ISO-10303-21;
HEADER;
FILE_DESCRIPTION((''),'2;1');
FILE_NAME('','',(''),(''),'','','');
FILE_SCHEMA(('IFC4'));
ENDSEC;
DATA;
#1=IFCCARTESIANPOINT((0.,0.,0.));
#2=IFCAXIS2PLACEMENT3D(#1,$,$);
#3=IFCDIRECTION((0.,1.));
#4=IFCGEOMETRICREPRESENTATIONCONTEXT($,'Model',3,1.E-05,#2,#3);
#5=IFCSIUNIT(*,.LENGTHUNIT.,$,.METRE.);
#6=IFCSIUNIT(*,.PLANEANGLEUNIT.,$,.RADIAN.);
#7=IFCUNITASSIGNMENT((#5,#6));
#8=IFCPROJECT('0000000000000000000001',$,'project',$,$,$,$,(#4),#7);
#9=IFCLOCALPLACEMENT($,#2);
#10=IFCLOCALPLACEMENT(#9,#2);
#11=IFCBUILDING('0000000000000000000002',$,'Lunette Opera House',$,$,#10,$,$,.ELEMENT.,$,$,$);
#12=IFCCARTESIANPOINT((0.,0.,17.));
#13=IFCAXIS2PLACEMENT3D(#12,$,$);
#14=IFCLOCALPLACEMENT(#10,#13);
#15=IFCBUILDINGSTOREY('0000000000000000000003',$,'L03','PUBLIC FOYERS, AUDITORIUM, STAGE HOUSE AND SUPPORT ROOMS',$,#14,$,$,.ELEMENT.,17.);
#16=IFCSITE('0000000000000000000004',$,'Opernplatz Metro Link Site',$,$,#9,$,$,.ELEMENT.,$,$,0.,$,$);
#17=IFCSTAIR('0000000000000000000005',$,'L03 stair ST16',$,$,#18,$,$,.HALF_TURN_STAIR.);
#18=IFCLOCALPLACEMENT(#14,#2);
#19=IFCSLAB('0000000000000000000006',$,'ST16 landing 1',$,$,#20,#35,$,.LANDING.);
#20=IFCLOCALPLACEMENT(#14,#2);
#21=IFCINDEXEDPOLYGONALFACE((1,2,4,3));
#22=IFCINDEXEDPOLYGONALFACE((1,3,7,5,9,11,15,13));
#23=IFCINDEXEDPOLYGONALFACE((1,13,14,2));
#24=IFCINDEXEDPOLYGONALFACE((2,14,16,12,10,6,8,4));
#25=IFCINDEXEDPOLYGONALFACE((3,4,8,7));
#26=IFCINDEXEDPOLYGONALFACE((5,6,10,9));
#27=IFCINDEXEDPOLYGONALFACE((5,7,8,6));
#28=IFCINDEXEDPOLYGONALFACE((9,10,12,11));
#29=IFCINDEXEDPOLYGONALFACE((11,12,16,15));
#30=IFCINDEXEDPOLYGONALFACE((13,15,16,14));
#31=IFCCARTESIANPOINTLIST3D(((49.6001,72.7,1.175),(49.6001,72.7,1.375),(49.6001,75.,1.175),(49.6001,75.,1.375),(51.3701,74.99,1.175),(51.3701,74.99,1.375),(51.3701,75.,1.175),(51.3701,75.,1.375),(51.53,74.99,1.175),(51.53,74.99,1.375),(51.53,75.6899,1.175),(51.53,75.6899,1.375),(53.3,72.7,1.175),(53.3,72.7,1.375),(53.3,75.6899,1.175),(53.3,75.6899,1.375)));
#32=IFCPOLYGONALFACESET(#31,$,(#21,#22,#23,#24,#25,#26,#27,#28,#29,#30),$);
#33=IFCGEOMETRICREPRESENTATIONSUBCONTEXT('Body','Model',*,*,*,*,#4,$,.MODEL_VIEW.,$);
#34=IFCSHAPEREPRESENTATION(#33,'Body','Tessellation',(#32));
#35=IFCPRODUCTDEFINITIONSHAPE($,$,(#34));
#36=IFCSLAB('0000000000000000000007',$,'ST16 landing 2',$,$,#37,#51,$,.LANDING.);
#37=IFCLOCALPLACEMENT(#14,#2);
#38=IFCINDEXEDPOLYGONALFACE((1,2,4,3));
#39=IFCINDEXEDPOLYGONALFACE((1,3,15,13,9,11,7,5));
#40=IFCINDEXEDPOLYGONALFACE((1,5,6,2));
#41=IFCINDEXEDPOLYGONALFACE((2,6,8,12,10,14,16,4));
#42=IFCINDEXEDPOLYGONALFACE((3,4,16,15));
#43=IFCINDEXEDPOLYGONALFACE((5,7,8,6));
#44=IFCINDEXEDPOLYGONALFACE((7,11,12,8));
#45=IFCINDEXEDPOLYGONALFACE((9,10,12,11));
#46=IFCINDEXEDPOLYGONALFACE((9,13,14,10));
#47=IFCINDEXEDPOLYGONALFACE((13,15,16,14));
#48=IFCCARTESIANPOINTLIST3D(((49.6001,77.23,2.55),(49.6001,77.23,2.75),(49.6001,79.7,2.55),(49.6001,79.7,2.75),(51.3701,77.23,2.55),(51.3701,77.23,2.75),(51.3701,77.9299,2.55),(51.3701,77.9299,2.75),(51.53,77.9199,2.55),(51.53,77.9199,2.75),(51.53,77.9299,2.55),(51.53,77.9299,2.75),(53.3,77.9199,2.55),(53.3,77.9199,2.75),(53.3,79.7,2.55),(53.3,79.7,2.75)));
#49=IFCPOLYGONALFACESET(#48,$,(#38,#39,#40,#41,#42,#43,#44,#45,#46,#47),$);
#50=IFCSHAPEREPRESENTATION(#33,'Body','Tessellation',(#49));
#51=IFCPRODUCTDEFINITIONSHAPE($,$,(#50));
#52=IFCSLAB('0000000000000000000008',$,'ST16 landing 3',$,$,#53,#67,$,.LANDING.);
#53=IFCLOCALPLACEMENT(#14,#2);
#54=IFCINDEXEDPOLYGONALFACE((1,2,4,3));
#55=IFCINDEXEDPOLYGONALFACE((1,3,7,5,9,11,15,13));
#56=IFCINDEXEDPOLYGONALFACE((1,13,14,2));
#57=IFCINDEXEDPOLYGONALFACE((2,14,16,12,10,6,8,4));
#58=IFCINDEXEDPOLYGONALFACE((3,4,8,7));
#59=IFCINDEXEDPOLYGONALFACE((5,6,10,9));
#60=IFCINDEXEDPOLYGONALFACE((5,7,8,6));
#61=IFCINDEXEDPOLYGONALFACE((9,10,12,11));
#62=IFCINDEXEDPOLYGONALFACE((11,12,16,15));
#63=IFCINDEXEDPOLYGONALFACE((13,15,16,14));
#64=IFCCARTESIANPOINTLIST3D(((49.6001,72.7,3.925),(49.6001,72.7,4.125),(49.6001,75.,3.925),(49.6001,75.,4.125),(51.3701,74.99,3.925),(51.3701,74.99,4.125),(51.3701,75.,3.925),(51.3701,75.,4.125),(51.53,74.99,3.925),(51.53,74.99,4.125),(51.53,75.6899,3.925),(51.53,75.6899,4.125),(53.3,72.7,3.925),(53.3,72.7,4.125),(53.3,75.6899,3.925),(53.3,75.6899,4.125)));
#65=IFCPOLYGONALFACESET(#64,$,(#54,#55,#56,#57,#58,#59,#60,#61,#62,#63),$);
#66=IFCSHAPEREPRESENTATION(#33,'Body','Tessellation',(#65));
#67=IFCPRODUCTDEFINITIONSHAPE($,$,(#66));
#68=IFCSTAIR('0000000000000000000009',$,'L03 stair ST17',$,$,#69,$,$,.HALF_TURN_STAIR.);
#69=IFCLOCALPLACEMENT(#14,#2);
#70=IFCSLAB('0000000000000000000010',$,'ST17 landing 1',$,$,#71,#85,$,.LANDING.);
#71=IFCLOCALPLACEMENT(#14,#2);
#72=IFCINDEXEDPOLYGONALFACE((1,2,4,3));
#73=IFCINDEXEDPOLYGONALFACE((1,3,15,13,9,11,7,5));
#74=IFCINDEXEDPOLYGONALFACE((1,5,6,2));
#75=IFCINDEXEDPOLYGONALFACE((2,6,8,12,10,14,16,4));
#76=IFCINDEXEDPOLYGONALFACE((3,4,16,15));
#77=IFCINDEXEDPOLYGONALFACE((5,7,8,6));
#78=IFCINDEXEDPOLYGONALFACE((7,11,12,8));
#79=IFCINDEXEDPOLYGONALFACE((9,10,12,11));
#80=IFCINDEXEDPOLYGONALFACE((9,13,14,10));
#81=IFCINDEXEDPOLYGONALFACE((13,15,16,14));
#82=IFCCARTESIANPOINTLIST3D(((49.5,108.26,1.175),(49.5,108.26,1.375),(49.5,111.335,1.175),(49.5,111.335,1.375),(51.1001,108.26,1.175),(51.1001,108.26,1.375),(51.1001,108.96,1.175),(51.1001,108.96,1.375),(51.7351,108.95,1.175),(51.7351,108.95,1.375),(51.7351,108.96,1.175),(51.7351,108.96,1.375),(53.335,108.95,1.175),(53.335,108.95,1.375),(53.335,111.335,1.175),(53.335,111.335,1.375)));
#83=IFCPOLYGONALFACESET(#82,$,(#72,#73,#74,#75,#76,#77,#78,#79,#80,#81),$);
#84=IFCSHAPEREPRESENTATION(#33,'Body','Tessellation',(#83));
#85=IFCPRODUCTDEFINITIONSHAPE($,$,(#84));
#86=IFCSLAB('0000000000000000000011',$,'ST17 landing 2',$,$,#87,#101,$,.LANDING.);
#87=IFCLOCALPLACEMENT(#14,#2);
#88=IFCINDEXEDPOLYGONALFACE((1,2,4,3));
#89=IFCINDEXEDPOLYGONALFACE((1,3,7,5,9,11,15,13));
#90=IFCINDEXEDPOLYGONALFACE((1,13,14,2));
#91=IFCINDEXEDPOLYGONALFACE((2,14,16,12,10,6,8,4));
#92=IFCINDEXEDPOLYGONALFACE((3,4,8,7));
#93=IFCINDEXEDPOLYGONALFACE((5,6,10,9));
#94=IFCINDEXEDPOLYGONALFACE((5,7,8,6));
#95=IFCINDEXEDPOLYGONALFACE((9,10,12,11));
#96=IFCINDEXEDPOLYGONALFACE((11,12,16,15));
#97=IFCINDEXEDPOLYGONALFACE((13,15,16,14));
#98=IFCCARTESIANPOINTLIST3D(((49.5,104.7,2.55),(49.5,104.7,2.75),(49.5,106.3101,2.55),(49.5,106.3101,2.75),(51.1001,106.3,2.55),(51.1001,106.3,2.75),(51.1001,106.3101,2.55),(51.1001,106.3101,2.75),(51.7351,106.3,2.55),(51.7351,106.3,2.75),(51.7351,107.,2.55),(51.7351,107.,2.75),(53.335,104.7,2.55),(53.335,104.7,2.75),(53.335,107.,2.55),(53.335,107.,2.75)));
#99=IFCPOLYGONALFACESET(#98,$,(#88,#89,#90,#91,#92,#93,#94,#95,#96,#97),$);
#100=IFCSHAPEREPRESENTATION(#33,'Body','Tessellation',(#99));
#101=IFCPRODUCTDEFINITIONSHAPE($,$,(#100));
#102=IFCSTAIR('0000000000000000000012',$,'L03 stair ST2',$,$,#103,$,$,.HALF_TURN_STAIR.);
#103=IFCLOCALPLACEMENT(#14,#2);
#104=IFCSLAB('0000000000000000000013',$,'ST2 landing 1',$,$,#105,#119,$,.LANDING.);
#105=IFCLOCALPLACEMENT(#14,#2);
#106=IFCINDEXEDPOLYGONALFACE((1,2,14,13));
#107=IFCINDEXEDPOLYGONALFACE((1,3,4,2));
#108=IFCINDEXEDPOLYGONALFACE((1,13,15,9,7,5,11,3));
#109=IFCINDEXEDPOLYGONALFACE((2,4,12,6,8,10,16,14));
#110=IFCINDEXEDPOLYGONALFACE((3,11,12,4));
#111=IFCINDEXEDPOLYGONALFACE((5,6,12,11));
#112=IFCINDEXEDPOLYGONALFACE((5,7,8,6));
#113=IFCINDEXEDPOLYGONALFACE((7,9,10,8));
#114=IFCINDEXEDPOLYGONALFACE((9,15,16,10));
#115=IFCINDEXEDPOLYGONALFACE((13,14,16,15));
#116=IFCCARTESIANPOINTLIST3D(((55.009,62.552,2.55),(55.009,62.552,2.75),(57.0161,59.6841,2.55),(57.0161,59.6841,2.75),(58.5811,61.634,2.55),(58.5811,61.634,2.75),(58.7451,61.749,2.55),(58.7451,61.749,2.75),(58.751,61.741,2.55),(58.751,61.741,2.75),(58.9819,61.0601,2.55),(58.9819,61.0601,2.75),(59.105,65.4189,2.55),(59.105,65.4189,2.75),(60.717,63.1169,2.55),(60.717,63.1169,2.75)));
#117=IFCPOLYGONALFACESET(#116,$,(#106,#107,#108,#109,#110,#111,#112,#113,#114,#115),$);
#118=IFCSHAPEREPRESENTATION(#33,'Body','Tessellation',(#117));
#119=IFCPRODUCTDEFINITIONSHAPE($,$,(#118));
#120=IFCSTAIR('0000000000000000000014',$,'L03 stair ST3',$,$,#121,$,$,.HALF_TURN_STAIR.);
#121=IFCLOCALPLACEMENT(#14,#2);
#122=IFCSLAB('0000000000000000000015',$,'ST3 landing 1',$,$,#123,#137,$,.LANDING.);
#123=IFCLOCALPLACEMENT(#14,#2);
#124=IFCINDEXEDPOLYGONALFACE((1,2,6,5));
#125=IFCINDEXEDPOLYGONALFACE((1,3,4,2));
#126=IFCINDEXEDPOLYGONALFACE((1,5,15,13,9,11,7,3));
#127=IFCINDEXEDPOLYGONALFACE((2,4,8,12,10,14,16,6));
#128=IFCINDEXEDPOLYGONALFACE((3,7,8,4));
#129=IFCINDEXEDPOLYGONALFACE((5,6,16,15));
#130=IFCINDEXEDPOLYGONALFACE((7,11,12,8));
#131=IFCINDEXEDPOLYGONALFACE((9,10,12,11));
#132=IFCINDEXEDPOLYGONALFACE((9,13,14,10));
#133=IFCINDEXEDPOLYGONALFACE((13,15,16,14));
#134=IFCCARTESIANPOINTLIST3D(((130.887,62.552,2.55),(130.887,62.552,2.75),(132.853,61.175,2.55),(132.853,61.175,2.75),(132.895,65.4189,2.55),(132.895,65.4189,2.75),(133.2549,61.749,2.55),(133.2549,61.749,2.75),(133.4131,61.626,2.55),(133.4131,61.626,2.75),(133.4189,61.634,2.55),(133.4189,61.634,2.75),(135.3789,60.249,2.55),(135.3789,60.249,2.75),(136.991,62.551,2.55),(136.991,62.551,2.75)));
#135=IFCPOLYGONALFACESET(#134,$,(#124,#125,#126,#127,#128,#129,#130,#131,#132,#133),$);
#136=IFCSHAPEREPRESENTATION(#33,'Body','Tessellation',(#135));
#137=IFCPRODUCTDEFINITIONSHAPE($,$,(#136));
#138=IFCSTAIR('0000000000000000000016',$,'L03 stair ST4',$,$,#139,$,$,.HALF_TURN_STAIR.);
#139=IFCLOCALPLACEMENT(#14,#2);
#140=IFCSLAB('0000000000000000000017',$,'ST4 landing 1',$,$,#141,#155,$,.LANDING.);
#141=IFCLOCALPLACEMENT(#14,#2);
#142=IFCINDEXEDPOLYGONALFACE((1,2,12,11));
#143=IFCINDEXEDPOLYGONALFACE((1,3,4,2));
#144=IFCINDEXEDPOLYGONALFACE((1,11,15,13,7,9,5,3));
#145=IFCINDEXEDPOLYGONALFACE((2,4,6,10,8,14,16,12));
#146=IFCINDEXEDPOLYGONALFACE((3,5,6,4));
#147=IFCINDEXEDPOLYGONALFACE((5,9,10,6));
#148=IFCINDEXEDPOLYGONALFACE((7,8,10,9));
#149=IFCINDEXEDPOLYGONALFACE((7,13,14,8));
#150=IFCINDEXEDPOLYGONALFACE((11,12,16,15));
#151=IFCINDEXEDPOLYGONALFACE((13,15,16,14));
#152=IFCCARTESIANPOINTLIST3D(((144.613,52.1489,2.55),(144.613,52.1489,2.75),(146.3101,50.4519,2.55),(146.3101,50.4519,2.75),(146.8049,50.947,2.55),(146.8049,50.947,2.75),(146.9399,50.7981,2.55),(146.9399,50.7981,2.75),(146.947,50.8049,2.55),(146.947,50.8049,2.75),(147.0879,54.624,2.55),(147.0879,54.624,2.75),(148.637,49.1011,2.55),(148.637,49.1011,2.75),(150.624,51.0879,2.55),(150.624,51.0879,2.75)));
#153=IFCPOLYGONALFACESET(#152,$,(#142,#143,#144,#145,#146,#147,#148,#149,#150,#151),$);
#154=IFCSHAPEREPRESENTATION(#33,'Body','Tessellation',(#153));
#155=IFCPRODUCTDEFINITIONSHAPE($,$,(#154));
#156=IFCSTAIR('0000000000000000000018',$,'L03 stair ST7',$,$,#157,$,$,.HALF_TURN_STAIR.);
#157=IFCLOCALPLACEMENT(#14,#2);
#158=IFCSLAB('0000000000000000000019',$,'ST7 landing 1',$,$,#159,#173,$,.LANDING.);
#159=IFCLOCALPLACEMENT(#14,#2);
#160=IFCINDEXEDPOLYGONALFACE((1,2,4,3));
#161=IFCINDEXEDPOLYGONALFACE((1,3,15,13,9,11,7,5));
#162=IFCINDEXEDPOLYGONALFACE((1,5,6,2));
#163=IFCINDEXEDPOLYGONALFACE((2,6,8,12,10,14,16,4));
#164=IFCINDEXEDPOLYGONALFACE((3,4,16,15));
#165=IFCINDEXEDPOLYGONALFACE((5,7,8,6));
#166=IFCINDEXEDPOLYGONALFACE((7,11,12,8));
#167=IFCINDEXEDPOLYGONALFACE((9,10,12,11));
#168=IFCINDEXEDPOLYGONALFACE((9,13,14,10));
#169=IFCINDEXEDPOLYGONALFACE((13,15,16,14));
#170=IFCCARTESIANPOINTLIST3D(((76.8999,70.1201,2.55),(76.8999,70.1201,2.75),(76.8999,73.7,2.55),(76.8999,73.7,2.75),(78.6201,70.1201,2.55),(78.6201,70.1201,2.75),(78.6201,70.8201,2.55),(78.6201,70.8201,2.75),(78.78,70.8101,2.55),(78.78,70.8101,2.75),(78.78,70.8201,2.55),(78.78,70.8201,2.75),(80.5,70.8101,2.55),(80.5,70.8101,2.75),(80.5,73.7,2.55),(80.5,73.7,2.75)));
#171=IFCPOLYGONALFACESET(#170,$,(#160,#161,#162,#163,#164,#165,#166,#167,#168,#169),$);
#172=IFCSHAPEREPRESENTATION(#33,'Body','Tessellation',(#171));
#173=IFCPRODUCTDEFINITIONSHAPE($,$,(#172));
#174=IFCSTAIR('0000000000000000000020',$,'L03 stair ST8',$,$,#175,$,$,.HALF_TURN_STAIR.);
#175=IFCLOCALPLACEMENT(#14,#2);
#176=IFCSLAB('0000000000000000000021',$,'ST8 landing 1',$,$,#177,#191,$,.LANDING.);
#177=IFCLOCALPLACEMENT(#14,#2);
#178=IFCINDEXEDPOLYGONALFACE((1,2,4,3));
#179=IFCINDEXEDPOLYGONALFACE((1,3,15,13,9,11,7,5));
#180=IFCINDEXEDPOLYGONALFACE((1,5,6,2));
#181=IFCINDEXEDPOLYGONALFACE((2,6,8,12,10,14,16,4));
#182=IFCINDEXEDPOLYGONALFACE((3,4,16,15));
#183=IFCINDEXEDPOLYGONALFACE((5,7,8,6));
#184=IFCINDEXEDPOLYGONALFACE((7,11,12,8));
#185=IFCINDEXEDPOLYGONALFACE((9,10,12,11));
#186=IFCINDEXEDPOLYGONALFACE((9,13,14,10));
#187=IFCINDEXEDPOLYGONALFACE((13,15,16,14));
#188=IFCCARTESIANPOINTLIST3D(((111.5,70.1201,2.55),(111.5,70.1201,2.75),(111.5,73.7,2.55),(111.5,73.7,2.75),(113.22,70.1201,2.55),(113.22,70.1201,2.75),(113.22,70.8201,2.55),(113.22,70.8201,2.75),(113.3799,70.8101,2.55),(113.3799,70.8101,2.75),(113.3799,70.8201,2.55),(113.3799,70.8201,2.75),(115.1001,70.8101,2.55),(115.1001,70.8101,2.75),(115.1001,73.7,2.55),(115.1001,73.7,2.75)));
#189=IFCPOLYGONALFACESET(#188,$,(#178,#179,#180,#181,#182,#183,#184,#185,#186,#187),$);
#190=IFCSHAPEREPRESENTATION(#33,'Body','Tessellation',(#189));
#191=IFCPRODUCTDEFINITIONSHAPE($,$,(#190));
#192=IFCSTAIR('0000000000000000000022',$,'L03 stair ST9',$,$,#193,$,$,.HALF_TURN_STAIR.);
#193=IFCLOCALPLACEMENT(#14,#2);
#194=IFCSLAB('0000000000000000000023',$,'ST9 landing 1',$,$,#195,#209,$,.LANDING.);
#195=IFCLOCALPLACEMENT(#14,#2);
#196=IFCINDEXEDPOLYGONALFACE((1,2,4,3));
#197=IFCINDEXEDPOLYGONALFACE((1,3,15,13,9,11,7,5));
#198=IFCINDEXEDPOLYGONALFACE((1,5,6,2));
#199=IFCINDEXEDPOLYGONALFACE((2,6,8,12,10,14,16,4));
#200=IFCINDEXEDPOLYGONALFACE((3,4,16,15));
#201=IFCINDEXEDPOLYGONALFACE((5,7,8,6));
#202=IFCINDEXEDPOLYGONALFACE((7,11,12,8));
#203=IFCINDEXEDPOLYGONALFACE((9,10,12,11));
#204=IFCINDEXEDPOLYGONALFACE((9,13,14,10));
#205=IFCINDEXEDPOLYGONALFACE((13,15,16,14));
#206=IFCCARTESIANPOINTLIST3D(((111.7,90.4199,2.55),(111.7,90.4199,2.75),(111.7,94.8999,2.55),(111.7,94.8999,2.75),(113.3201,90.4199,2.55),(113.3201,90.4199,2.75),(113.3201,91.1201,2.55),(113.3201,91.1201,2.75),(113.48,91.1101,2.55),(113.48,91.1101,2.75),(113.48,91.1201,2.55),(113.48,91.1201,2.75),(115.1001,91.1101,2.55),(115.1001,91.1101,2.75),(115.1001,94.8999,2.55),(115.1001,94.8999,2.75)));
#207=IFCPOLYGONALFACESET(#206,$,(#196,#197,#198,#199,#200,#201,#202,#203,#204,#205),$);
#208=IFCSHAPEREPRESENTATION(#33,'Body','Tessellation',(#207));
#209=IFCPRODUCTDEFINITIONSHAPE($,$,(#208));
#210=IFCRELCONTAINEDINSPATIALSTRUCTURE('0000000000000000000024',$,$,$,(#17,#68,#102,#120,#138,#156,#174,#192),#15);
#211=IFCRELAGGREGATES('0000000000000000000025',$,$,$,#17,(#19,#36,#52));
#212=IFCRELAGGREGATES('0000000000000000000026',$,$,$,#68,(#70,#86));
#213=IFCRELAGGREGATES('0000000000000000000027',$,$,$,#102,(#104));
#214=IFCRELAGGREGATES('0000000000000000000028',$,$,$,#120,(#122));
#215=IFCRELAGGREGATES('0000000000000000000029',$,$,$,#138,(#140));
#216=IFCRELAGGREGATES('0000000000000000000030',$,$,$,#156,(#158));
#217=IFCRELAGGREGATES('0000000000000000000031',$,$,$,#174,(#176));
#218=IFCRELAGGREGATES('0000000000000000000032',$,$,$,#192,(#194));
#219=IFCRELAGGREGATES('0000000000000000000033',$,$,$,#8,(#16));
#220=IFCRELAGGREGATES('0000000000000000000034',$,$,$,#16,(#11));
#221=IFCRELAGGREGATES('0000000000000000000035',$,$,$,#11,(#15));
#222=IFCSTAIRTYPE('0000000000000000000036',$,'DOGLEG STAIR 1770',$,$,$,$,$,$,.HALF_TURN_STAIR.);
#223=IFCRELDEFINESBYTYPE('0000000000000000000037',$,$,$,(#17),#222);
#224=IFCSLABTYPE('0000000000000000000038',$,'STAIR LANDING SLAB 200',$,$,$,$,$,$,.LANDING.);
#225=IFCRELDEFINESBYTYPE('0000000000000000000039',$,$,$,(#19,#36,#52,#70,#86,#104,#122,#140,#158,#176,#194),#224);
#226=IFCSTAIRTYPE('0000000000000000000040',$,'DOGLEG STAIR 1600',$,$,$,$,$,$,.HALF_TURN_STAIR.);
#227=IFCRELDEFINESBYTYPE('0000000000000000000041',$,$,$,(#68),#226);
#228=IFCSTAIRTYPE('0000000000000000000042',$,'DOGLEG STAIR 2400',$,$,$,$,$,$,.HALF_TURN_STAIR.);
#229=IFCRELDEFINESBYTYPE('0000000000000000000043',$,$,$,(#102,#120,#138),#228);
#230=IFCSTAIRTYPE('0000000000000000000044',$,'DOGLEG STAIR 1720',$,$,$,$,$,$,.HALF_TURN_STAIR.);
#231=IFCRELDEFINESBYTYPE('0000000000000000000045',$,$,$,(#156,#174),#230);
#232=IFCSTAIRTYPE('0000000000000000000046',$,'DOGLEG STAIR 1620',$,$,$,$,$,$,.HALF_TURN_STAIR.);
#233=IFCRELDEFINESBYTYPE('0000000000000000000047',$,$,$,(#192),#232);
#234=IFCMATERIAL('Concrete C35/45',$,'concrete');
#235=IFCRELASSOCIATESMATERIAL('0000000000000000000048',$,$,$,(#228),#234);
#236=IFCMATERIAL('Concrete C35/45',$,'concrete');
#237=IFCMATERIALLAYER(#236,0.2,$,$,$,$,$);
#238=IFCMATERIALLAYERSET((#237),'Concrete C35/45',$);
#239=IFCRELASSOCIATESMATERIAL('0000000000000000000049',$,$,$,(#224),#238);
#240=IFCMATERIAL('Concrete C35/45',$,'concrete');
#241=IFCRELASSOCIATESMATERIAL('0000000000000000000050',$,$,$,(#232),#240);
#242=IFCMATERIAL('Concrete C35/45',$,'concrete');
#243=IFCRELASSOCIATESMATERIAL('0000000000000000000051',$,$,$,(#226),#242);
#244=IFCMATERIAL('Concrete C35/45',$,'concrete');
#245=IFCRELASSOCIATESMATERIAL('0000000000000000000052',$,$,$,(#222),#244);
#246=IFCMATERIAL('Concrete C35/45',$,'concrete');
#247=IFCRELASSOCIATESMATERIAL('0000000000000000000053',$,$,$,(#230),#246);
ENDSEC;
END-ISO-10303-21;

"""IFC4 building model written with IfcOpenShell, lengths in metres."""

from ifc_helpers import new_model, si_unit, direction, frame, origin, place, context, subcontext, project, spatial, polyline, outline, extrude, material, layer, layer_set, type_object, element, aggregate, save


model = new_model("IFC4")

# Units and contexts
model_context = context("Model", 3, precision=1e-05, world=origin(), true_north=direction((0.0, 1.0)))
body_context = subcontext(model_context, "Body", "Model", "MODEL_VIEW")
ifc_project = project(units=[si_unit("LENGTHUNIT", "METRE"), si_unit("PLANEANGLEUNIT", "RADIAN")], contexts=[model_context])

# Site, building, storey
site_placement = place(None, origin())
site = spatial("IfcSite", under=ifc_project, at=site_placement, Name="Opernplatz Metro Link Site", CompositionType="ELEMENT", RefElevation=0.0)
building_placement = place(site_placement, origin())
building = spatial("IfcBuilding", under=site, at=building_placement, Name="Lunette Opera House", CompositionType="ELEMENT")
storey_placement = place(building_placement, frame((0.0, 0.0, 17.0)))
storey = spatial("IfcBuildingStorey", under=building, at=storey_placement, Name="L03", Description="PUBLIC FOYERS, AUDITORIUM, STAGE HOUSE AND SUPPORT ROOMS", CompositionType="ELEMENT", Elevation=17.0)

# Shared definitions
ifc_material_1 = material(Name="Concrete C35/45", Category="concrete")
stair_type_1 = type_object("IfcStairType", Name="DOGLEG STAIR 2400", PredefinedType="HALF_TURN_STAIR", material=ifc_material_1)
ifc_material_2 = material(Name="Concrete C35/45", Category="concrete")
ifc_layer_1 = layer(ifc_material_2, 0.2)
ifc_layer_set_1 = layer_set([ifc_layer_1], Name="Concrete C35/45")
slab_type_1 = type_object("IfcSlabType", Name="STAIR LANDING SLAB 200", PredefinedType="LANDING", material=ifc_layer_set_1)
ifc_material_3 = material(Name="Concrete C35/45", Category="concrete")
stair_type_2 = type_object("IfcStairType", Name="DOGLEG STAIR 1620", PredefinedType="HALF_TURN_STAIR", material=ifc_material_3)

# Stairs, slabs
ifc_material_4 = material(Name="Concrete C35/45", Category="concrete")
stair_type_3 = type_object("IfcStairType", Name="DOGLEG STAIR 1600", PredefinedType="HALF_TURN_STAIR", material=ifc_material_4)
ifc_material_5 = material(Name="Concrete C35/45", Category="concrete")
stair_type_4 = type_object("IfcStairType", Name="DOGLEG STAIR 1770", PredefinedType="HALF_TURN_STAIR", material=ifc_material_5)
stair_1_placement = place(storey_placement, origin())
stair_1 = element("IfcStair", 1, at=stair_1_placement, inside=storey, type_object=stair_type_4, Name="L03 stair ST16", PredefinedType="HALF_TURN_STAIR")
slab_1_placement = place(storey_placement, frame((0.0, 0.0, 1.175)))
slab_1 = element("IfcSlab", 2, at=slab_1_placement, type_object=slab_type_1, Name="ST16 landing 1", PredefinedType="LANDING", context=body_context, shape_type="SweptSolid", body=[
    extrude(outline(polyline([(49.6001, 72.7), (49.6001, 75.0), (51.3701, 75.0), (51.3701, 74.99), (51.53, 74.99), (51.53, 75.6899), (53.3, 75.6899), (53.3, 72.7), (49.6001, 72.7)])), origin(), (0.0, 0.0, 1.0), 0.2),
])
slab_2_placement = place(storey_placement, frame((0.0, 0.0, 2.55)))
slab_2 = element("IfcSlab", 3, at=slab_2_placement, type_object=slab_type_1, Name="ST16 landing 2", PredefinedType="LANDING", context=body_context, shape_type="SweptSolid", body=[
    extrude(outline(polyline([(53.3, 77.9199), (51.53, 77.9199), (51.53, 77.9299), (51.3701, 77.9299), (51.3701, 77.23), (49.6001, 77.23), (49.6001, 79.7), (53.3, 79.7), (53.3, 77.9199)])), origin(), (0.0, 0.0, 1.0), 0.2),
])
slab_3_placement = place(storey_placement, frame((0.0, 0.0, 3.925)))
slab_3 = element("IfcSlab", 4, at=slab_3_placement, type_object=slab_type_1, Name="ST16 landing 3", PredefinedType="LANDING", context=body_context, shape_type="SweptSolid", body=[
    extrude(outline(polyline([(49.6001, 72.7), (49.6001, 75.0), (51.3701, 75.0), (51.3701, 74.99), (51.53, 74.99), (51.53, 75.6899), (53.3, 75.6899), (53.3, 72.7), (49.6001, 72.7)])), origin(), (0.0, 0.0, 1.0), 0.2),
])
aggregate(stair_1, [slab_1, slab_2, slab_3])
stair_2_placement = place(storey_placement, origin())
stair_2 = element("IfcStair", 5, at=stair_2_placement, inside=storey, type_object=stair_type_3, Name="L03 stair ST17", PredefinedType="HALF_TURN_STAIR")
slab_4_placement = place(storey_placement, frame((0.0, 0.0, 1.175)))
slab_4 = element("IfcSlab", 6, at=slab_4_placement, type_object=slab_type_1, Name="ST17 landing 1", PredefinedType="LANDING", context=body_context, shape_type="SweptSolid", body=[
    extrude(outline(polyline([(53.335, 108.95), (51.7351, 108.95), (51.7351, 108.96), (51.1001, 108.96), (51.1001, 108.26), (49.5, 108.26), (49.5, 111.335), (53.335, 111.335), (53.335, 108.95)])), origin(), (0.0, 0.0, 1.0), 0.2),
])
slab_5_placement = place(storey_placement, frame((0.0, 0.0, 2.55)))
slab_5 = element("IfcSlab", 7, at=slab_5_placement, type_object=slab_type_1, Name="ST17 landing 2", PredefinedType="LANDING", context=body_context, shape_type="SweptSolid", body=[
    extrude(outline(polyline([(53.335, 104.7), (49.5, 104.7), (49.5, 106.3101), (51.1001, 106.3101), (51.1001, 106.3), (51.7351, 106.3), (51.7351, 107.0), (53.335, 107.0), (53.335, 104.7)])), origin(), (0.0, 0.0, 1.0), 0.2),
])
aggregate(stair_2, [slab_4, slab_5])

# Stairs, slabs
stair_3_placement = place(storey_placement, origin())
stair_3 = element("IfcStair", 8, at=stair_3_placement, inside=storey, type_object=stair_type_1, Name="L03 stair ST2", PredefinedType="HALF_TURN_STAIR")
slab_6_placement = place(storey_placement, frame((0.0, 0.0, 2.55)))
slab_6 = element("IfcSlab", 9, at=slab_6_placement, type_object=slab_type_1, Name="ST2 landing 1", PredefinedType="LANDING", context=body_context, shape_type="SweptSolid", body=[
    extrude(outline(polyline([(59.105, 65.4189), (60.717, 63.1169), (58.751, 61.741), (58.7451, 61.749), (58.5811, 61.634), (58.9819, 61.0601), (57.0161, 59.6841), (55.009, 62.552), (59.105, 65.4189)])), origin(), (0.0, 0.0, 1.0), 0.2),
])
aggregate(stair_3, [slab_6])
stair_4_placement = place(storey_placement, origin())
stair_4 = element("IfcStair", 10, at=stair_4_placement, inside=storey, type_object=stair_type_1, Name="L03 stair ST3", PredefinedType="HALF_TURN_STAIR")
slab_7_placement = place(storey_placement, frame((0.0, 0.0, 2.55)))
slab_7 = element("IfcSlab", 11, at=slab_7_placement, type_object=slab_type_1, Name="ST3 landing 1", PredefinedType="LANDING", context=body_context, shape_type="SweptSolid", body=[
    extrude(outline(polyline([(135.3789, 60.249), (133.4131, 61.626), (133.4189, 61.634), (133.2549, 61.749), (132.853, 61.175), (130.887, 62.552), (132.895, 65.4189), (136.991, 62.551), (135.3789, 60.249)])), origin(), (0.0, 0.0, 1.0), 0.2),
])
aggregate(stair_4, [slab_7])
stair_5_placement = place(storey_placement, origin())
stair_5 = element("IfcStair", 12, at=stair_5_placement, inside=storey, type_object=stair_type_1, Name="L03 stair ST4", PredefinedType="HALF_TURN_STAIR")
slab_8_placement = place(storey_placement, frame((0.0, 0.0, 2.55)))
slab_8 = element("IfcSlab", 13, at=slab_8_placement, type_object=slab_type_1, Name="ST4 landing 1", PredefinedType="LANDING", context=body_context, shape_type="SweptSolid", body=[
    extrude(outline(polyline([(148.637, 49.1011), (146.9399, 50.7981), (146.947, 50.8049), (146.8049, 50.947), (146.3101, 50.4519), (144.613, 52.1489), (147.0879, 54.624), (150.624, 51.0879), (148.637, 49.1011)])), origin(), (0.0, 0.0, 1.0), 0.2),
])
aggregate(stair_5, [slab_8])
ifc_material_6 = material(Name="Concrete C35/45", Category="concrete")
stair_type_5 = type_object("IfcStairType", Name="DOGLEG STAIR 1720", PredefinedType="HALF_TURN_STAIR", material=ifc_material_6)
stair_6_placement = place(storey_placement, origin())
stair_6 = element("IfcStair", 14, at=stair_6_placement, inside=storey, type_object=stair_type_5, Name="L03 stair ST7", PredefinedType="HALF_TURN_STAIR")
slab_9_placement = place(storey_placement, frame((0.0, 0.0, 2.55)))
slab_9 = element("IfcSlab", 15, at=slab_9_placement, type_object=slab_type_1, Name="ST7 landing 1", PredefinedType="LANDING", context=body_context, shape_type="SweptSolid", body=[
    extrude(outline(polyline([(80.5, 70.8101), (78.78, 70.8101), (78.78, 70.8201), (78.6201, 70.8201), (78.6201, 70.1201), (76.8999, 70.1201), (76.8999, 73.7), (80.5, 73.7), (80.5, 70.8101)])), origin(), (0.0, 0.0, 1.0), 0.2),
])
aggregate(stair_6, [slab_9])
stair_7_placement = place(storey_placement, origin())
stair_7 = element("IfcStair", 16, at=stair_7_placement, inside=storey, type_object=stair_type_5, Name="L03 stair ST8", PredefinedType="HALF_TURN_STAIR")
slab_10_placement = place(storey_placement, frame((0.0, 0.0, 2.55)))
slab_10 = element("IfcSlab", 17, at=slab_10_placement, type_object=slab_type_1, Name="ST8 landing 1", PredefinedType="LANDING", context=body_context, shape_type="SweptSolid", body=[
    extrude(outline(polyline([(115.1001, 70.8101), (113.3799, 70.8101), (113.3799, 70.8201), (113.22, 70.8201), (113.22, 70.1201), (111.5, 70.1201), (111.5, 73.7), (115.1001, 73.7), (115.1001, 70.8101)])), origin(), (0.0, 0.0, 1.0), 0.2),
])
aggregate(stair_7, [slab_10])
stair_8_placement = place(storey_placement, origin())
stair_8 = element("IfcStair", 18, at=stair_8_placement, inside=storey, type_object=stair_type_2, Name="L03 stair ST9", PredefinedType="HALF_TURN_STAIR")
slab_11_placement = place(storey_placement, frame((0.0, 0.0, 2.55)))
slab_11 = element("IfcSlab", 19, at=slab_11_placement, type_object=slab_type_1, Name="ST9 landing 1", PredefinedType="LANDING", context=body_context, shape_type="SweptSolid", body=[
    extrude(outline(polyline([(115.1001, 94.8999), (115.1001, 91.1101), (113.48, 91.1101), (113.48, 91.1201), (113.3201, 91.1201), (113.3201, 90.4199), (111.7, 90.4199), (111.7, 94.8999), (115.1001, 94.8999)])), origin(), (0.0, 0.0, 1.0), 0.2),
])
aggregate(stair_8, [slab_11])

save(model, "model.ifc")
